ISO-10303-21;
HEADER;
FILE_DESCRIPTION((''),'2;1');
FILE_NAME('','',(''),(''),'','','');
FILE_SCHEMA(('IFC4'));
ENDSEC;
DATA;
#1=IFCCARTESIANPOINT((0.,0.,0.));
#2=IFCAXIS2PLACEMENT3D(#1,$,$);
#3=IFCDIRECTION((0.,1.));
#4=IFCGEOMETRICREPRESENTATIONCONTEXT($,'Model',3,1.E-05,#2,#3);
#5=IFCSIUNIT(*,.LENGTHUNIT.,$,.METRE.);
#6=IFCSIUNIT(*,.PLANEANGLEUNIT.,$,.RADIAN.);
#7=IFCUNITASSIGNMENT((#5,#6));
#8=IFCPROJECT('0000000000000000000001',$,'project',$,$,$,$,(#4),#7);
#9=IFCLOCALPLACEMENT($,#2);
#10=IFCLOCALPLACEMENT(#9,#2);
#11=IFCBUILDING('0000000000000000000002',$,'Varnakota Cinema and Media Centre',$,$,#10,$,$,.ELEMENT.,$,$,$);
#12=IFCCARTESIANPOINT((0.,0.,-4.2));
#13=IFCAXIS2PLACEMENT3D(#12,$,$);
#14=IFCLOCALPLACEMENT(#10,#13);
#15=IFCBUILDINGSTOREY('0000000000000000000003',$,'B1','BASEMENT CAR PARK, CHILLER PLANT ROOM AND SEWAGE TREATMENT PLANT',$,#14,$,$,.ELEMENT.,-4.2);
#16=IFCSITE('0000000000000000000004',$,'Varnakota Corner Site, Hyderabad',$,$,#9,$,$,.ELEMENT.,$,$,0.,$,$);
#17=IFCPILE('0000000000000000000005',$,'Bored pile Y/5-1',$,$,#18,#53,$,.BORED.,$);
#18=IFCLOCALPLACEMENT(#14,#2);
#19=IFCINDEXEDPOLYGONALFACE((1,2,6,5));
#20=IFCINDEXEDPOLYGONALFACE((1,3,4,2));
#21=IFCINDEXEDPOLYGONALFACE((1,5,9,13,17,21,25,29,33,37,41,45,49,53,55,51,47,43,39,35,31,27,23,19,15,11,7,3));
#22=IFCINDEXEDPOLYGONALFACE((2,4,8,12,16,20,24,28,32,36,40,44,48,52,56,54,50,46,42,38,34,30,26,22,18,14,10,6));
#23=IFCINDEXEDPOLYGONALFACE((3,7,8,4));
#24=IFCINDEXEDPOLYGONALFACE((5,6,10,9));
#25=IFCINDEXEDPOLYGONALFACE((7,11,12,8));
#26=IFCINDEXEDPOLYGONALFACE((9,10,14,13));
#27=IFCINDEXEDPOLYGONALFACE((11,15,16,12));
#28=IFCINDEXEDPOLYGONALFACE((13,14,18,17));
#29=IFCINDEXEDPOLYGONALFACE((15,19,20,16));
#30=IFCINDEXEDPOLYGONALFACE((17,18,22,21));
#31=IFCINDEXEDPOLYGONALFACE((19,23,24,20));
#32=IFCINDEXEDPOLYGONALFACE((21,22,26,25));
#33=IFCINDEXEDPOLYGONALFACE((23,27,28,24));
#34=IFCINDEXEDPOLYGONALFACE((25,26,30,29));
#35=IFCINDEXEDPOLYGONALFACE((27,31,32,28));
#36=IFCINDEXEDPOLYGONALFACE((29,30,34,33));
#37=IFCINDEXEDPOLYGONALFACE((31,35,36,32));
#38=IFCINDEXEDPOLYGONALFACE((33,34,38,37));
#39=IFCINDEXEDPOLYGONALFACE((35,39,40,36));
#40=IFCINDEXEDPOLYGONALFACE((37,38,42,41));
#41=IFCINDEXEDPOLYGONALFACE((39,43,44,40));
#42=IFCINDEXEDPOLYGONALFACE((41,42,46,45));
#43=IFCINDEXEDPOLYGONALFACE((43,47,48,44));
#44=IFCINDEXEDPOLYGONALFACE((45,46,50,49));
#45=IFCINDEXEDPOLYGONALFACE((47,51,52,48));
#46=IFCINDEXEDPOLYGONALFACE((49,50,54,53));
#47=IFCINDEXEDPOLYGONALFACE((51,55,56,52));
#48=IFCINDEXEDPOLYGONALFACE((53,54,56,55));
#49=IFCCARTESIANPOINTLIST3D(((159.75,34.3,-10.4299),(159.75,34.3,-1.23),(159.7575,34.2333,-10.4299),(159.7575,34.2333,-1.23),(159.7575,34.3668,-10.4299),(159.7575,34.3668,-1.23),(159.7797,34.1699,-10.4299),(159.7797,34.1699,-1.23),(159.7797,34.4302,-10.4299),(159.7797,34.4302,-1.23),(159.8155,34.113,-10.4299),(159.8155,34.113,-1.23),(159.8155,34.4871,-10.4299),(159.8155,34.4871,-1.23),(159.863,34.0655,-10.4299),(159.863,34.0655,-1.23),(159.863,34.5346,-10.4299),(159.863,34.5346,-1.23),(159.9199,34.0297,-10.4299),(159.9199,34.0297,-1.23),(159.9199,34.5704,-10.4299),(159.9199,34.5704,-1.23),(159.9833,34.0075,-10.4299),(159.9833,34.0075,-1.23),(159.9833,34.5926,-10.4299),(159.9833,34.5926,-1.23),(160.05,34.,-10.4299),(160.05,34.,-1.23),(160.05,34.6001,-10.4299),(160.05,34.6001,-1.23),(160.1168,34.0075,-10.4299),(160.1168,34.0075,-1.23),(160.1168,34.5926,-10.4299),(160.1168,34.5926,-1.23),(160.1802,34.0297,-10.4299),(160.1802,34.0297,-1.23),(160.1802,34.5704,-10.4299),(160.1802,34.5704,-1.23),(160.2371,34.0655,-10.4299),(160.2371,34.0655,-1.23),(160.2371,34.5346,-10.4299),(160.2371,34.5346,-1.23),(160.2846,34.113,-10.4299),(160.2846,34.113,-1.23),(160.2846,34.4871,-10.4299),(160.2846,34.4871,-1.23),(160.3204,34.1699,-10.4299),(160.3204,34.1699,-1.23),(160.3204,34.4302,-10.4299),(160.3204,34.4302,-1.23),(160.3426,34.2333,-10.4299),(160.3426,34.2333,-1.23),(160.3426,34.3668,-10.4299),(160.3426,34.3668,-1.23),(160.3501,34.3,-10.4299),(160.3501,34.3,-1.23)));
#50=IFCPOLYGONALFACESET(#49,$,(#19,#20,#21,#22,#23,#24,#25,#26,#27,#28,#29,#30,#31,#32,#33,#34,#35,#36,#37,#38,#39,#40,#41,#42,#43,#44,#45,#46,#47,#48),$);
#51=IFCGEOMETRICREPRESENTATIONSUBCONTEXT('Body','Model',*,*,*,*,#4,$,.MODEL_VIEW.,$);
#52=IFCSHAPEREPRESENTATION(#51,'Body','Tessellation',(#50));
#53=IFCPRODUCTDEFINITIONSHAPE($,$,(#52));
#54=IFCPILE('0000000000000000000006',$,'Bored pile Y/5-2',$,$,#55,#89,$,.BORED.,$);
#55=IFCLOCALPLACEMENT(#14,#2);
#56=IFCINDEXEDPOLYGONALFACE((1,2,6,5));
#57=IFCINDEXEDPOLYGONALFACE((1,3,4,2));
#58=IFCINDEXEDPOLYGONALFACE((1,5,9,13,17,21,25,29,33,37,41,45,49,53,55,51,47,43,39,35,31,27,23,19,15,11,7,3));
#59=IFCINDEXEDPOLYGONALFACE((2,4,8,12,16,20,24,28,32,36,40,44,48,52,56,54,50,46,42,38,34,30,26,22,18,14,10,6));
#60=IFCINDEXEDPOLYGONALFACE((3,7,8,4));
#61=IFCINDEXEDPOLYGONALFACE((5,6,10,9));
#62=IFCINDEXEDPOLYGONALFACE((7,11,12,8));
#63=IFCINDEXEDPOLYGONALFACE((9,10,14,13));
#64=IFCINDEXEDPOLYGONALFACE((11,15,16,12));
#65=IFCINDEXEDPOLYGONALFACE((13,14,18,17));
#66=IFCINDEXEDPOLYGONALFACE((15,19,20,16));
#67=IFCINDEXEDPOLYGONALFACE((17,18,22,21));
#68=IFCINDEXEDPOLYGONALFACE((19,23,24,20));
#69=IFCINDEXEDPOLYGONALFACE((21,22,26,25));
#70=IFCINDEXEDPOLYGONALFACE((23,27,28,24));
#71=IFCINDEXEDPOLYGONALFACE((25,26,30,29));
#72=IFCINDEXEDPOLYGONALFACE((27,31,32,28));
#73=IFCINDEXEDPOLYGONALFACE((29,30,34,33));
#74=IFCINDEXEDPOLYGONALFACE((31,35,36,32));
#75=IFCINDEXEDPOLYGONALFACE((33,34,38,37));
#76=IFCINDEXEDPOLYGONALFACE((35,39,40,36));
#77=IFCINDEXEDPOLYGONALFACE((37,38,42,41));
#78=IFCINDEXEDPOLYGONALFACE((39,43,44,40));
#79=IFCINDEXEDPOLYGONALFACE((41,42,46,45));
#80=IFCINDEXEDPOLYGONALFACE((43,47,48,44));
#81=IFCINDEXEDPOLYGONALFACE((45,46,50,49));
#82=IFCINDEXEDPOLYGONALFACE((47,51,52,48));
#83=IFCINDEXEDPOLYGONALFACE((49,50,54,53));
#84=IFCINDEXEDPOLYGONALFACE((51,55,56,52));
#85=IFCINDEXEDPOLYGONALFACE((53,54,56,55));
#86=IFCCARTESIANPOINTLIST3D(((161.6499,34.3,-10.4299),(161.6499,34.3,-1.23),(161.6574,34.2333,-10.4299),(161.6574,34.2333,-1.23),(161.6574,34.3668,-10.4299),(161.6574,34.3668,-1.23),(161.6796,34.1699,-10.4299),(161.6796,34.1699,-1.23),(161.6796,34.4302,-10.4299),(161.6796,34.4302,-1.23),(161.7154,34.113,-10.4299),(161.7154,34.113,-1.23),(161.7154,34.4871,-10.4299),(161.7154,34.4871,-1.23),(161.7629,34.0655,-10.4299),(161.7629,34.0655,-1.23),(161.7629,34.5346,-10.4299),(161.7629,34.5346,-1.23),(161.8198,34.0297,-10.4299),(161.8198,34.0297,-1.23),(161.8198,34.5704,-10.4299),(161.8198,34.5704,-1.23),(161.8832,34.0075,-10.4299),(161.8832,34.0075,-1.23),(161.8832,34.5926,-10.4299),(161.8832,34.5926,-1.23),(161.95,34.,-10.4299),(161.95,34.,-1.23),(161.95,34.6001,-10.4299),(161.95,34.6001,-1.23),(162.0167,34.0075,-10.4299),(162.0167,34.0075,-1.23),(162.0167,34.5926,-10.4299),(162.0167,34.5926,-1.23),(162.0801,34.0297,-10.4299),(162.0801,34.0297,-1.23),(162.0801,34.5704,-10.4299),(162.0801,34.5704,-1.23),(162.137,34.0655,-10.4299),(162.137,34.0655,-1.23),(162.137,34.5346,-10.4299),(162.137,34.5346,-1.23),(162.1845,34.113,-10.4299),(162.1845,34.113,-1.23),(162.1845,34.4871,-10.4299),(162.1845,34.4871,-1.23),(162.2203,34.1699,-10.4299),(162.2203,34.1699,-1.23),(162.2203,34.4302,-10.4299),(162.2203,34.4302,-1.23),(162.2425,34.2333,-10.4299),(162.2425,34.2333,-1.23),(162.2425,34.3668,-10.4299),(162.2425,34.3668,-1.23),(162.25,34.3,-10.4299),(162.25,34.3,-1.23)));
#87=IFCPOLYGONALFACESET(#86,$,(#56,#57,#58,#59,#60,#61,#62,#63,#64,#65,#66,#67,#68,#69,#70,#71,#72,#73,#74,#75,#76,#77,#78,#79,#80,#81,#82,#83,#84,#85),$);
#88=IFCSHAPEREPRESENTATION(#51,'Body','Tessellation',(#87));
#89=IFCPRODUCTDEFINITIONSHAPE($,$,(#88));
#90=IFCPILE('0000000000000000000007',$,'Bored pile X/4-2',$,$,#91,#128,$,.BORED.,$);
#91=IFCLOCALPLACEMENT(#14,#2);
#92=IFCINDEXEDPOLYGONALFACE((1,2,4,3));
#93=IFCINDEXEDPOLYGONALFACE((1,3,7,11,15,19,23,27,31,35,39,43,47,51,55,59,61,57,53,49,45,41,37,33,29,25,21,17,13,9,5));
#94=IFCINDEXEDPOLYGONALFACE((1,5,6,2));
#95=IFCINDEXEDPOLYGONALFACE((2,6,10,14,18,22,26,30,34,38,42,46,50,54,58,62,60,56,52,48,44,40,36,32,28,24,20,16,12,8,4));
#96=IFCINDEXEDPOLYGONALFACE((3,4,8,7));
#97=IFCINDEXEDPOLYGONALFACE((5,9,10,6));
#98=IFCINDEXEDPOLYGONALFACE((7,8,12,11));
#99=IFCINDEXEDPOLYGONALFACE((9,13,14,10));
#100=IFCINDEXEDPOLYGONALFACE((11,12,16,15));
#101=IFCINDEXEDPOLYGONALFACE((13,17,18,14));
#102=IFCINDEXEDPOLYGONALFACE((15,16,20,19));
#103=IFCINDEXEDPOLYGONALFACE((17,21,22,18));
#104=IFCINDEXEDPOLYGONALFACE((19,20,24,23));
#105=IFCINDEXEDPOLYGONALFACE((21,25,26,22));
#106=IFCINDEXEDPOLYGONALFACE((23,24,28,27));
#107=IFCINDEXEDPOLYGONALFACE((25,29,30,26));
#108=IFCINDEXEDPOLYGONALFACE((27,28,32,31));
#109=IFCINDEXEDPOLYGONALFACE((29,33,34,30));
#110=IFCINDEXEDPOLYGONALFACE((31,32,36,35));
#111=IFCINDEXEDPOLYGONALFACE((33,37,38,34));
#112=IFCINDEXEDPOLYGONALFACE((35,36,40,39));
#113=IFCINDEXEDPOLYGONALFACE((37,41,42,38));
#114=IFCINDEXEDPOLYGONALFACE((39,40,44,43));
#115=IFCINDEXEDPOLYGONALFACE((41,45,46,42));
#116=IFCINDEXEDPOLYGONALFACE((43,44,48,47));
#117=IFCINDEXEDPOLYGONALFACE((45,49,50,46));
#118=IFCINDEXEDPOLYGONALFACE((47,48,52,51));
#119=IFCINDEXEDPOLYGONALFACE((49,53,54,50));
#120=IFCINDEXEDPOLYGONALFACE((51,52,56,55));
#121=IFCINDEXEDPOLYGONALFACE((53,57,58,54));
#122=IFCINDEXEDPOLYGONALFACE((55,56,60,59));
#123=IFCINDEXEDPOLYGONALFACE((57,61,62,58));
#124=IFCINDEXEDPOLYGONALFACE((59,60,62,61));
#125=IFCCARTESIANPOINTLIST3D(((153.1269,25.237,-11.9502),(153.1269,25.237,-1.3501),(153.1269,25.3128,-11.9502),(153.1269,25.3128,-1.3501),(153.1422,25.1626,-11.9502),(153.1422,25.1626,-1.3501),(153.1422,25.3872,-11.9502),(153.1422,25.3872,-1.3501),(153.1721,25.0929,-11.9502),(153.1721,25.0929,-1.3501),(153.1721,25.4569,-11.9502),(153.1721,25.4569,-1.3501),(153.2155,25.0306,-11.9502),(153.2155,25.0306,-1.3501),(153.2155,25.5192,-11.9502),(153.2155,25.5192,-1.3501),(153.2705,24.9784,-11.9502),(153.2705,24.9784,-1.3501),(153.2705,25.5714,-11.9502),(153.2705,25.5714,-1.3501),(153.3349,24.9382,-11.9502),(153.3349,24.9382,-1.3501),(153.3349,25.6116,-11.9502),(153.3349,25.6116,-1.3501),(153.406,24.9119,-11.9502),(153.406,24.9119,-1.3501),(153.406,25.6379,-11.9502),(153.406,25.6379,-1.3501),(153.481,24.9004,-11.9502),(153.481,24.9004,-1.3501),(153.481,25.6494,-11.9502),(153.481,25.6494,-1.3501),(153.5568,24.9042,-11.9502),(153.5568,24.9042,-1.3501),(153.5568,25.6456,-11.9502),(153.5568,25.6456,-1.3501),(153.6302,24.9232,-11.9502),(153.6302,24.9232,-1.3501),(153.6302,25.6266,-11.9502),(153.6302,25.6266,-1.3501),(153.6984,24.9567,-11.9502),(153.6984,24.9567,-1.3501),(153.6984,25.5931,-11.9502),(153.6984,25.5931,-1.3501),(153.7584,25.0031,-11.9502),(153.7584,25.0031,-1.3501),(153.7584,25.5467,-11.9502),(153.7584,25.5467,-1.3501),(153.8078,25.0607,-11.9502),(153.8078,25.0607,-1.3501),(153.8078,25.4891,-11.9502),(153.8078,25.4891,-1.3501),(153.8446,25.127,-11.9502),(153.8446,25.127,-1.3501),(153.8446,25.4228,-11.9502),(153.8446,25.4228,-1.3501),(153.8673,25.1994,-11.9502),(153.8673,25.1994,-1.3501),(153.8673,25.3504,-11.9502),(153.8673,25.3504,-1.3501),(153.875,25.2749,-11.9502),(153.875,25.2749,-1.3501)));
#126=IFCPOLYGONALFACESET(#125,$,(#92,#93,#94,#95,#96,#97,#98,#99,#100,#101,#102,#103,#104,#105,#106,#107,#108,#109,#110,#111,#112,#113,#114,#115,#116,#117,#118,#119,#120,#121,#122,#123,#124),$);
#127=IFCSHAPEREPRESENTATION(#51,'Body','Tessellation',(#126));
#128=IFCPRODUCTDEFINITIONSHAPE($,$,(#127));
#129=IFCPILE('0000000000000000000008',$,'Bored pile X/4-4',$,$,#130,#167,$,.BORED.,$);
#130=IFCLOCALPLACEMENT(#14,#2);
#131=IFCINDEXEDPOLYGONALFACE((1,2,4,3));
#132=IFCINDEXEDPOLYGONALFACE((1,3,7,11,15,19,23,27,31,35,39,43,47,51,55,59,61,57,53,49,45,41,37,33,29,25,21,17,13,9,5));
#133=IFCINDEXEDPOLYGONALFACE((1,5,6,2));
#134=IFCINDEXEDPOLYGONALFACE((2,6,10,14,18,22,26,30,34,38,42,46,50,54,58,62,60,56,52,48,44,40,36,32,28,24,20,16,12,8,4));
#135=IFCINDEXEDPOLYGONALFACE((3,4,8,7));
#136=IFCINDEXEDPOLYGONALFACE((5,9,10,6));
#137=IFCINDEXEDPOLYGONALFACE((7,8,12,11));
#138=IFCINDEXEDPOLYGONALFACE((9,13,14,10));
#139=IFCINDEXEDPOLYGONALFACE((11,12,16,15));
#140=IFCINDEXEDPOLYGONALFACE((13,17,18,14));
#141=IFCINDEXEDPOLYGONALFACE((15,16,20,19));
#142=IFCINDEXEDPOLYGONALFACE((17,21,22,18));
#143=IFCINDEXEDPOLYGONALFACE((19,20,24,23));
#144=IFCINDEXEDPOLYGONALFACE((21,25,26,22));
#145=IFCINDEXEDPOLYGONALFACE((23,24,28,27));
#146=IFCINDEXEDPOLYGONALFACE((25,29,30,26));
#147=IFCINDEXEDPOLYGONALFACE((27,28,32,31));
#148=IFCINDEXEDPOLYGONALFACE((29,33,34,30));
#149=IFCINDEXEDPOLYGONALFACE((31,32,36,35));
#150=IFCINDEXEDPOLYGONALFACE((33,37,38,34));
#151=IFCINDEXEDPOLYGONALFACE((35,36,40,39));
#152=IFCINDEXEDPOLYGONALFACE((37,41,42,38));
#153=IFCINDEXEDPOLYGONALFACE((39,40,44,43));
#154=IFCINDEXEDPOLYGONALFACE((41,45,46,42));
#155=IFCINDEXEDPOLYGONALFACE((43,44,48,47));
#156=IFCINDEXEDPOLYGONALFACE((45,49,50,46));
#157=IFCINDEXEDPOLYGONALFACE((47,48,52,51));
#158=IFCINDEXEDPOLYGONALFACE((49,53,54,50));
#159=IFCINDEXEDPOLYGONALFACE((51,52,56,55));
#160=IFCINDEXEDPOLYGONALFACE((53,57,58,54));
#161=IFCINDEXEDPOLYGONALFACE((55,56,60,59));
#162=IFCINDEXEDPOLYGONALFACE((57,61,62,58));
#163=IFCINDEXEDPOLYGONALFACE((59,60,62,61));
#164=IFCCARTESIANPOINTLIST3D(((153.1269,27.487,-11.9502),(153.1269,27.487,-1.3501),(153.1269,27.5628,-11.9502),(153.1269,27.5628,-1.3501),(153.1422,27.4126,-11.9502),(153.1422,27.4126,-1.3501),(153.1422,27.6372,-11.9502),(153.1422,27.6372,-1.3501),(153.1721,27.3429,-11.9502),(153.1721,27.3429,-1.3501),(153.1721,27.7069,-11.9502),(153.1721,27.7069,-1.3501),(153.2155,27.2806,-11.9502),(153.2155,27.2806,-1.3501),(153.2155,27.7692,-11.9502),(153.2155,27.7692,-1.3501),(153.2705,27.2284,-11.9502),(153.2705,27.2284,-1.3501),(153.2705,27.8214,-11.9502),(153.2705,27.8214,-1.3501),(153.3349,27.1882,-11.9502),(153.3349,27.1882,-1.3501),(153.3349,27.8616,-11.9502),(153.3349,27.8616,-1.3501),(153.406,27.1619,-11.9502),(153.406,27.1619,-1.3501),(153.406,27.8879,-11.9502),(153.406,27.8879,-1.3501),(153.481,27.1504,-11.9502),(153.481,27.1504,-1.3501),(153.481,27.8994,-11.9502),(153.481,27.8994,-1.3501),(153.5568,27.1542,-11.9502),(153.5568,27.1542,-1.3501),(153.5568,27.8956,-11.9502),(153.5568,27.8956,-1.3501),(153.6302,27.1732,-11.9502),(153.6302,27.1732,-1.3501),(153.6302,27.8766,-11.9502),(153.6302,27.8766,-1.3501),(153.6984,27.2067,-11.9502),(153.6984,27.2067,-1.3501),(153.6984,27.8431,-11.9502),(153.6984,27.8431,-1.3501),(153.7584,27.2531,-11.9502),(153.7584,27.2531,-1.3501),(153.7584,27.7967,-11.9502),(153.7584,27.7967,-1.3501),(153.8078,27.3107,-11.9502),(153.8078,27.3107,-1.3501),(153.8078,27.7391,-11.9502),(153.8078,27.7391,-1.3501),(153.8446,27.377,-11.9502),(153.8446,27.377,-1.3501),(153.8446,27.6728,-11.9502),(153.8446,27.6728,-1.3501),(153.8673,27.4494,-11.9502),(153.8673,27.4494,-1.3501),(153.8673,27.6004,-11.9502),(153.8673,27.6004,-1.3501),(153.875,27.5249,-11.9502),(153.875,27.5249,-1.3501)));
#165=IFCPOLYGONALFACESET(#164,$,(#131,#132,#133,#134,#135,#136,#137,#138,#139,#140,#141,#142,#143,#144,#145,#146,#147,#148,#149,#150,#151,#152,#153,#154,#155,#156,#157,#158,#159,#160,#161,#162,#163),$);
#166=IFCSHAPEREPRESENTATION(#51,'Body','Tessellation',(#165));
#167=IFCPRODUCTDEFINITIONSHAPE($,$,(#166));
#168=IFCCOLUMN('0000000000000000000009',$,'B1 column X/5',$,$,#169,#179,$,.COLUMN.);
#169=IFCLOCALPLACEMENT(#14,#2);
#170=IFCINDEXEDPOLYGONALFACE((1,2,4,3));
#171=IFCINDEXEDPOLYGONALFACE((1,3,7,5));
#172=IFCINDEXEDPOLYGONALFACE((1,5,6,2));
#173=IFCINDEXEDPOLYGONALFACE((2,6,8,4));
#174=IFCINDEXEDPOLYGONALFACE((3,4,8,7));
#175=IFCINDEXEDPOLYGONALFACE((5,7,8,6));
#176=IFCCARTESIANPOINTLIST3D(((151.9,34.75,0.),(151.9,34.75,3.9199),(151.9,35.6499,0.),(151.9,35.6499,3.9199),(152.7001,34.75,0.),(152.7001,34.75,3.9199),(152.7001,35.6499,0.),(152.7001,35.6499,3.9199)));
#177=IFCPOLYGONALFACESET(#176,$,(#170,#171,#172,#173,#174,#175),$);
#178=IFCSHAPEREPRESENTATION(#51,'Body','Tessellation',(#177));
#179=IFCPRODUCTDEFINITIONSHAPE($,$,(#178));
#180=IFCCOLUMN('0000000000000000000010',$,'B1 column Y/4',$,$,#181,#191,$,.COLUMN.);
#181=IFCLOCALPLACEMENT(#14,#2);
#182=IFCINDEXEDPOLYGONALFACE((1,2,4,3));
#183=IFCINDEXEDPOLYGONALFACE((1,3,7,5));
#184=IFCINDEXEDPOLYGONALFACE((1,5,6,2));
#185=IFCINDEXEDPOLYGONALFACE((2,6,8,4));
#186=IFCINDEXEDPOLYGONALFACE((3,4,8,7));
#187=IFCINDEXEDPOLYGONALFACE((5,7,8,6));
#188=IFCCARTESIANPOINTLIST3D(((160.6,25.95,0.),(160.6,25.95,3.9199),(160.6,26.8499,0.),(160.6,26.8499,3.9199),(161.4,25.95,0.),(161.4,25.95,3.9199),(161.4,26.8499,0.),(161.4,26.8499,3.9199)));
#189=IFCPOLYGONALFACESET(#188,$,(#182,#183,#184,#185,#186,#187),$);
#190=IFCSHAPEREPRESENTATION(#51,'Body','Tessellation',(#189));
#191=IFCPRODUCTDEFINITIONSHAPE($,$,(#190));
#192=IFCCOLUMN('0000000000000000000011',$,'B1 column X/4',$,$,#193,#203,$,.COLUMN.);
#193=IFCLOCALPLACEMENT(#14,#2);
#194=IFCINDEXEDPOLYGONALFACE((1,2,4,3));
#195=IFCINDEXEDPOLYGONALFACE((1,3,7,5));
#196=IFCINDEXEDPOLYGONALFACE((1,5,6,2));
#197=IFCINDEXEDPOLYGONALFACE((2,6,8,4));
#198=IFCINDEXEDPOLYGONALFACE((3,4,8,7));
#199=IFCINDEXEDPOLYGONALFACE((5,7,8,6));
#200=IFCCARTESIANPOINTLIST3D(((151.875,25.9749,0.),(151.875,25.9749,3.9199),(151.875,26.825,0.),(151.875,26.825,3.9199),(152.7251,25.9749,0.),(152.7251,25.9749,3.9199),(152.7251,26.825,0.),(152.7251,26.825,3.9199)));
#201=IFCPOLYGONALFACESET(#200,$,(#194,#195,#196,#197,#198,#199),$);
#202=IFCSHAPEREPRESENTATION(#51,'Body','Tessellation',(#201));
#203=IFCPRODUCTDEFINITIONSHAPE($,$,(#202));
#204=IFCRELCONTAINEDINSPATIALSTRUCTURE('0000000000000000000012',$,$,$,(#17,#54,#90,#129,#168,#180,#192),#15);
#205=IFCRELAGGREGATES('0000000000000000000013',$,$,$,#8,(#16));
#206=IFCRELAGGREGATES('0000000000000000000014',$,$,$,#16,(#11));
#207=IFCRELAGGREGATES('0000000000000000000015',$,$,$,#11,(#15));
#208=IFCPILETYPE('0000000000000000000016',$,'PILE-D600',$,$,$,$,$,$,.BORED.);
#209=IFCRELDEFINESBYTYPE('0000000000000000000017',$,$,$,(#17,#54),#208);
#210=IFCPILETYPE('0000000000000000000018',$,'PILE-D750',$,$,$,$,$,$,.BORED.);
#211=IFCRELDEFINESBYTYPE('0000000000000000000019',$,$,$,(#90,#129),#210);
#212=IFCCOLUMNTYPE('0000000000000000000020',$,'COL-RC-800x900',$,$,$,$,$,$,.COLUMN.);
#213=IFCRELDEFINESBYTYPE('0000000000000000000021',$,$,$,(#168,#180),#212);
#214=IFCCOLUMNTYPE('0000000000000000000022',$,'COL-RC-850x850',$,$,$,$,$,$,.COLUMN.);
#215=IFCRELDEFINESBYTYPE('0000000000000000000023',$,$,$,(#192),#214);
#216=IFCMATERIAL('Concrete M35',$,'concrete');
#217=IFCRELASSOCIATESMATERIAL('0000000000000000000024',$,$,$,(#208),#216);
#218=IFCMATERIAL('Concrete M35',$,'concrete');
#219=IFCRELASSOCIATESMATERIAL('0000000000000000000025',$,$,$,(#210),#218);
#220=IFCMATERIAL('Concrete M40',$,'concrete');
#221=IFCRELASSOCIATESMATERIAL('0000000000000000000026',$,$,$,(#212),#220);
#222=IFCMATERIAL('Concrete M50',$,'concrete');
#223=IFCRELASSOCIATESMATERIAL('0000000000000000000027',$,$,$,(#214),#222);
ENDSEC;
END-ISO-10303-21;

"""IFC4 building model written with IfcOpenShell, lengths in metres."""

from ifc_helpers import new_model, si_unit, direction, frame, origin, origin_2d, place, context, subcontext, project, spatial, rectangle, circle, extrude, material, material_profile, profile_set, type_object, element, save


model = new_model("IFC4")

# Units and contexts
model_context = context("Model", 3, precision=1e-05, world=origin(), true_north=direction((0.0, 1.0)))
body_context = subcontext(model_context, "Body", "Model", "MODEL_VIEW")
ifc_project = project(units=[si_unit("LENGTHUNIT", "METRE"), si_unit("PLANEANGLEUNIT", "RADIAN")], contexts=[model_context])

# Site, building, storey
site_placement = place(None, origin())
site = spatial("IfcSite", under=ifc_project, at=site_placement, Name="Varnakota Corner Site, Hyderabad", CompositionType="ELEMENT", RefElevation=0.0)
building_placement = place(site_placement, origin())
building = spatial("IfcBuilding", under=site, at=building_placement, Name="Varnakota Cinema and Media Centre", CompositionType="ELEMENT")
storey_placement = place(building_placement, frame((0.0, 0.0, -4.2)))
storey = spatial("IfcBuildingStorey", under=building, at=storey_placement, Name="B1", Description="BASEMENT CAR PARK, CHILLER PLANT ROOM AND SEWAGE TREATMENT PLANT", CompositionType="ELEMENT", Elevation=-4.2)

# Piles
ifc_material_1 = material(Name="Concrete M35", Category="concrete")
ifc_material_profile_1 = material_profile(ifc_material_1, circle(Radius=0.3, at=origin_2d()), Name="PILE D600")
ifc_profile_set_1 = profile_set([ifc_material_profile_1], Name="Concrete M35")
pile_type_1 = type_object("IfcPileType", Name="PILE-D600", PredefinedType="BORED", material=ifc_profile_set_1)
for number, where, z_axis, x_axis, name in (
    (1, (160.05, 34.3, -1.23), (0.0, 0.0, -1.0), (1.0, 0.0, 0.0), "Bored pile Y/5-1"),
    (2, (161.95, 34.3, -1.23), (0.0, 0.0, -1.0), (1.0, 0.0, 0.0), "Bored pile Y/5-2"),
):
    element("IfcPile", number, at=place(storey_placement, frame(where, z_axis=z_axis, x_axis=x_axis)), inside=storey, type_object=pile_type_1, Name=name, PredefinedType="BORED", context=body_context, shape_type="SweptSolid", body=[
        extrude(circle(Radius=0.3, at=origin_2d()), origin(), (0.0, 0.0, 1.0), 9.2),
    ])
ifc_material_2 = material(Name="Concrete M35", Category="concrete")
ifc_material_profile_2 = material_profile(ifc_material_2, circle(Radius=0.375, at=origin_2d()), Name="PILE D750")
ifc_profile_set_2 = profile_set([ifc_material_profile_2], Name="Concrete M35")
pile_type_2 = type_object("IfcPileType", Name="PILE-D750", PredefinedType="BORED", material=ifc_profile_set_2)
for number, where, z_axis, x_axis, name in (
    (3, (153.5, 25.2749, -1.3501), (0.0, 0.0, -1.0), (1.0, 0.0, 0.0), "Bored pile X/4-2"),
    (4, (153.5, 27.5249, -1.3501), (0.0, 0.0, -1.0), (1.0, 0.0, 0.0), "Bored pile X/4-4"),
):
    element("IfcPile", number, at=place(storey_placement, frame(where, z_axis=z_axis, x_axis=x_axis)), inside=storey, type_object=pile_type_2, Name=name, PredefinedType="BORED", context=body_context, shape_type="SweptSolid", body=[
        extrude(circle(Radius=0.375, at=origin_2d()), origin(), (0.0, 0.0, 1.0), 10.6001),
    ])

# Columns
ifc_material_3 = material(Name="Concrete M40", Category="concrete")
ifc_material_profile_3 = material_profile(ifc_material_3, rectangle(XDim=0.8, YDim=0.8999, at=origin_2d()), Name="RC 800x900")
ifc_profile_set_3 = profile_set([ifc_material_profile_3], Name="Concrete M40")
column_type_1 = type_object("IfcColumnType", Name="COL-RC-800x900", PredefinedType="COLUMN", material=ifc_profile_set_3)
for number, where, z_axis, x_axis, name in (
    (5, (152.3, 35.2, 0.0), (0.0, 0.0, 1.0), (1.0, 0.0, 0.0), "B1 column X/5"),
    (6, (161.0, 26.3999, 0.0), (0.0, 0.0, 1.0), (1.0, 0.0, 0.0), "B1 column Y/4"),
):
    element("IfcColumn", number, at=place(storey_placement, frame(where, z_axis=z_axis, x_axis=x_axis)), inside=storey, type_object=column_type_1, Name=name, PredefinedType="COLUMN", context=body_context, shape_type="SweptSolid", body=[
        extrude(rectangle(XDim=0.8, YDim=0.8999, at=origin_2d()), origin(), (0.0, 0.0, 1.0), 3.9199),
    ])
ifc_material_4 = material(Name="Concrete M50", Category="concrete")
ifc_material_profile_4 = material_profile(ifc_material_4, rectangle(XDim=0.8501, YDim=0.8501, at=origin_2d()), Name="RC 850x850")
ifc_profile_set_4 = profile_set([ifc_material_profile_4], Name="Concrete M50")
column_type_2 = type_object("IfcColumnType", Name="COL-RC-850x850", PredefinedType="COLUMN", material=ifc_profile_set_4)
column_placement = place(storey_placement, frame((152.3, 26.3999, 0.0), z_axis=(0.0, 0.0, 1.0), x_axis=(1.0, 0.0, 0.0)))
element("IfcColumn", 7, at=column_placement, inside=storey, type_object=column_type_2, Name="B1 column X/4", PredefinedType="COLUMN", context=body_context, shape_type="SweptSolid", body=[
    extrude(rectangle(XDim=0.8501, YDim=0.8501, at=origin_2d()), origin(), (0.0, 0.0, 1.0), 3.9199),
])

save(model, "model.ifc")
